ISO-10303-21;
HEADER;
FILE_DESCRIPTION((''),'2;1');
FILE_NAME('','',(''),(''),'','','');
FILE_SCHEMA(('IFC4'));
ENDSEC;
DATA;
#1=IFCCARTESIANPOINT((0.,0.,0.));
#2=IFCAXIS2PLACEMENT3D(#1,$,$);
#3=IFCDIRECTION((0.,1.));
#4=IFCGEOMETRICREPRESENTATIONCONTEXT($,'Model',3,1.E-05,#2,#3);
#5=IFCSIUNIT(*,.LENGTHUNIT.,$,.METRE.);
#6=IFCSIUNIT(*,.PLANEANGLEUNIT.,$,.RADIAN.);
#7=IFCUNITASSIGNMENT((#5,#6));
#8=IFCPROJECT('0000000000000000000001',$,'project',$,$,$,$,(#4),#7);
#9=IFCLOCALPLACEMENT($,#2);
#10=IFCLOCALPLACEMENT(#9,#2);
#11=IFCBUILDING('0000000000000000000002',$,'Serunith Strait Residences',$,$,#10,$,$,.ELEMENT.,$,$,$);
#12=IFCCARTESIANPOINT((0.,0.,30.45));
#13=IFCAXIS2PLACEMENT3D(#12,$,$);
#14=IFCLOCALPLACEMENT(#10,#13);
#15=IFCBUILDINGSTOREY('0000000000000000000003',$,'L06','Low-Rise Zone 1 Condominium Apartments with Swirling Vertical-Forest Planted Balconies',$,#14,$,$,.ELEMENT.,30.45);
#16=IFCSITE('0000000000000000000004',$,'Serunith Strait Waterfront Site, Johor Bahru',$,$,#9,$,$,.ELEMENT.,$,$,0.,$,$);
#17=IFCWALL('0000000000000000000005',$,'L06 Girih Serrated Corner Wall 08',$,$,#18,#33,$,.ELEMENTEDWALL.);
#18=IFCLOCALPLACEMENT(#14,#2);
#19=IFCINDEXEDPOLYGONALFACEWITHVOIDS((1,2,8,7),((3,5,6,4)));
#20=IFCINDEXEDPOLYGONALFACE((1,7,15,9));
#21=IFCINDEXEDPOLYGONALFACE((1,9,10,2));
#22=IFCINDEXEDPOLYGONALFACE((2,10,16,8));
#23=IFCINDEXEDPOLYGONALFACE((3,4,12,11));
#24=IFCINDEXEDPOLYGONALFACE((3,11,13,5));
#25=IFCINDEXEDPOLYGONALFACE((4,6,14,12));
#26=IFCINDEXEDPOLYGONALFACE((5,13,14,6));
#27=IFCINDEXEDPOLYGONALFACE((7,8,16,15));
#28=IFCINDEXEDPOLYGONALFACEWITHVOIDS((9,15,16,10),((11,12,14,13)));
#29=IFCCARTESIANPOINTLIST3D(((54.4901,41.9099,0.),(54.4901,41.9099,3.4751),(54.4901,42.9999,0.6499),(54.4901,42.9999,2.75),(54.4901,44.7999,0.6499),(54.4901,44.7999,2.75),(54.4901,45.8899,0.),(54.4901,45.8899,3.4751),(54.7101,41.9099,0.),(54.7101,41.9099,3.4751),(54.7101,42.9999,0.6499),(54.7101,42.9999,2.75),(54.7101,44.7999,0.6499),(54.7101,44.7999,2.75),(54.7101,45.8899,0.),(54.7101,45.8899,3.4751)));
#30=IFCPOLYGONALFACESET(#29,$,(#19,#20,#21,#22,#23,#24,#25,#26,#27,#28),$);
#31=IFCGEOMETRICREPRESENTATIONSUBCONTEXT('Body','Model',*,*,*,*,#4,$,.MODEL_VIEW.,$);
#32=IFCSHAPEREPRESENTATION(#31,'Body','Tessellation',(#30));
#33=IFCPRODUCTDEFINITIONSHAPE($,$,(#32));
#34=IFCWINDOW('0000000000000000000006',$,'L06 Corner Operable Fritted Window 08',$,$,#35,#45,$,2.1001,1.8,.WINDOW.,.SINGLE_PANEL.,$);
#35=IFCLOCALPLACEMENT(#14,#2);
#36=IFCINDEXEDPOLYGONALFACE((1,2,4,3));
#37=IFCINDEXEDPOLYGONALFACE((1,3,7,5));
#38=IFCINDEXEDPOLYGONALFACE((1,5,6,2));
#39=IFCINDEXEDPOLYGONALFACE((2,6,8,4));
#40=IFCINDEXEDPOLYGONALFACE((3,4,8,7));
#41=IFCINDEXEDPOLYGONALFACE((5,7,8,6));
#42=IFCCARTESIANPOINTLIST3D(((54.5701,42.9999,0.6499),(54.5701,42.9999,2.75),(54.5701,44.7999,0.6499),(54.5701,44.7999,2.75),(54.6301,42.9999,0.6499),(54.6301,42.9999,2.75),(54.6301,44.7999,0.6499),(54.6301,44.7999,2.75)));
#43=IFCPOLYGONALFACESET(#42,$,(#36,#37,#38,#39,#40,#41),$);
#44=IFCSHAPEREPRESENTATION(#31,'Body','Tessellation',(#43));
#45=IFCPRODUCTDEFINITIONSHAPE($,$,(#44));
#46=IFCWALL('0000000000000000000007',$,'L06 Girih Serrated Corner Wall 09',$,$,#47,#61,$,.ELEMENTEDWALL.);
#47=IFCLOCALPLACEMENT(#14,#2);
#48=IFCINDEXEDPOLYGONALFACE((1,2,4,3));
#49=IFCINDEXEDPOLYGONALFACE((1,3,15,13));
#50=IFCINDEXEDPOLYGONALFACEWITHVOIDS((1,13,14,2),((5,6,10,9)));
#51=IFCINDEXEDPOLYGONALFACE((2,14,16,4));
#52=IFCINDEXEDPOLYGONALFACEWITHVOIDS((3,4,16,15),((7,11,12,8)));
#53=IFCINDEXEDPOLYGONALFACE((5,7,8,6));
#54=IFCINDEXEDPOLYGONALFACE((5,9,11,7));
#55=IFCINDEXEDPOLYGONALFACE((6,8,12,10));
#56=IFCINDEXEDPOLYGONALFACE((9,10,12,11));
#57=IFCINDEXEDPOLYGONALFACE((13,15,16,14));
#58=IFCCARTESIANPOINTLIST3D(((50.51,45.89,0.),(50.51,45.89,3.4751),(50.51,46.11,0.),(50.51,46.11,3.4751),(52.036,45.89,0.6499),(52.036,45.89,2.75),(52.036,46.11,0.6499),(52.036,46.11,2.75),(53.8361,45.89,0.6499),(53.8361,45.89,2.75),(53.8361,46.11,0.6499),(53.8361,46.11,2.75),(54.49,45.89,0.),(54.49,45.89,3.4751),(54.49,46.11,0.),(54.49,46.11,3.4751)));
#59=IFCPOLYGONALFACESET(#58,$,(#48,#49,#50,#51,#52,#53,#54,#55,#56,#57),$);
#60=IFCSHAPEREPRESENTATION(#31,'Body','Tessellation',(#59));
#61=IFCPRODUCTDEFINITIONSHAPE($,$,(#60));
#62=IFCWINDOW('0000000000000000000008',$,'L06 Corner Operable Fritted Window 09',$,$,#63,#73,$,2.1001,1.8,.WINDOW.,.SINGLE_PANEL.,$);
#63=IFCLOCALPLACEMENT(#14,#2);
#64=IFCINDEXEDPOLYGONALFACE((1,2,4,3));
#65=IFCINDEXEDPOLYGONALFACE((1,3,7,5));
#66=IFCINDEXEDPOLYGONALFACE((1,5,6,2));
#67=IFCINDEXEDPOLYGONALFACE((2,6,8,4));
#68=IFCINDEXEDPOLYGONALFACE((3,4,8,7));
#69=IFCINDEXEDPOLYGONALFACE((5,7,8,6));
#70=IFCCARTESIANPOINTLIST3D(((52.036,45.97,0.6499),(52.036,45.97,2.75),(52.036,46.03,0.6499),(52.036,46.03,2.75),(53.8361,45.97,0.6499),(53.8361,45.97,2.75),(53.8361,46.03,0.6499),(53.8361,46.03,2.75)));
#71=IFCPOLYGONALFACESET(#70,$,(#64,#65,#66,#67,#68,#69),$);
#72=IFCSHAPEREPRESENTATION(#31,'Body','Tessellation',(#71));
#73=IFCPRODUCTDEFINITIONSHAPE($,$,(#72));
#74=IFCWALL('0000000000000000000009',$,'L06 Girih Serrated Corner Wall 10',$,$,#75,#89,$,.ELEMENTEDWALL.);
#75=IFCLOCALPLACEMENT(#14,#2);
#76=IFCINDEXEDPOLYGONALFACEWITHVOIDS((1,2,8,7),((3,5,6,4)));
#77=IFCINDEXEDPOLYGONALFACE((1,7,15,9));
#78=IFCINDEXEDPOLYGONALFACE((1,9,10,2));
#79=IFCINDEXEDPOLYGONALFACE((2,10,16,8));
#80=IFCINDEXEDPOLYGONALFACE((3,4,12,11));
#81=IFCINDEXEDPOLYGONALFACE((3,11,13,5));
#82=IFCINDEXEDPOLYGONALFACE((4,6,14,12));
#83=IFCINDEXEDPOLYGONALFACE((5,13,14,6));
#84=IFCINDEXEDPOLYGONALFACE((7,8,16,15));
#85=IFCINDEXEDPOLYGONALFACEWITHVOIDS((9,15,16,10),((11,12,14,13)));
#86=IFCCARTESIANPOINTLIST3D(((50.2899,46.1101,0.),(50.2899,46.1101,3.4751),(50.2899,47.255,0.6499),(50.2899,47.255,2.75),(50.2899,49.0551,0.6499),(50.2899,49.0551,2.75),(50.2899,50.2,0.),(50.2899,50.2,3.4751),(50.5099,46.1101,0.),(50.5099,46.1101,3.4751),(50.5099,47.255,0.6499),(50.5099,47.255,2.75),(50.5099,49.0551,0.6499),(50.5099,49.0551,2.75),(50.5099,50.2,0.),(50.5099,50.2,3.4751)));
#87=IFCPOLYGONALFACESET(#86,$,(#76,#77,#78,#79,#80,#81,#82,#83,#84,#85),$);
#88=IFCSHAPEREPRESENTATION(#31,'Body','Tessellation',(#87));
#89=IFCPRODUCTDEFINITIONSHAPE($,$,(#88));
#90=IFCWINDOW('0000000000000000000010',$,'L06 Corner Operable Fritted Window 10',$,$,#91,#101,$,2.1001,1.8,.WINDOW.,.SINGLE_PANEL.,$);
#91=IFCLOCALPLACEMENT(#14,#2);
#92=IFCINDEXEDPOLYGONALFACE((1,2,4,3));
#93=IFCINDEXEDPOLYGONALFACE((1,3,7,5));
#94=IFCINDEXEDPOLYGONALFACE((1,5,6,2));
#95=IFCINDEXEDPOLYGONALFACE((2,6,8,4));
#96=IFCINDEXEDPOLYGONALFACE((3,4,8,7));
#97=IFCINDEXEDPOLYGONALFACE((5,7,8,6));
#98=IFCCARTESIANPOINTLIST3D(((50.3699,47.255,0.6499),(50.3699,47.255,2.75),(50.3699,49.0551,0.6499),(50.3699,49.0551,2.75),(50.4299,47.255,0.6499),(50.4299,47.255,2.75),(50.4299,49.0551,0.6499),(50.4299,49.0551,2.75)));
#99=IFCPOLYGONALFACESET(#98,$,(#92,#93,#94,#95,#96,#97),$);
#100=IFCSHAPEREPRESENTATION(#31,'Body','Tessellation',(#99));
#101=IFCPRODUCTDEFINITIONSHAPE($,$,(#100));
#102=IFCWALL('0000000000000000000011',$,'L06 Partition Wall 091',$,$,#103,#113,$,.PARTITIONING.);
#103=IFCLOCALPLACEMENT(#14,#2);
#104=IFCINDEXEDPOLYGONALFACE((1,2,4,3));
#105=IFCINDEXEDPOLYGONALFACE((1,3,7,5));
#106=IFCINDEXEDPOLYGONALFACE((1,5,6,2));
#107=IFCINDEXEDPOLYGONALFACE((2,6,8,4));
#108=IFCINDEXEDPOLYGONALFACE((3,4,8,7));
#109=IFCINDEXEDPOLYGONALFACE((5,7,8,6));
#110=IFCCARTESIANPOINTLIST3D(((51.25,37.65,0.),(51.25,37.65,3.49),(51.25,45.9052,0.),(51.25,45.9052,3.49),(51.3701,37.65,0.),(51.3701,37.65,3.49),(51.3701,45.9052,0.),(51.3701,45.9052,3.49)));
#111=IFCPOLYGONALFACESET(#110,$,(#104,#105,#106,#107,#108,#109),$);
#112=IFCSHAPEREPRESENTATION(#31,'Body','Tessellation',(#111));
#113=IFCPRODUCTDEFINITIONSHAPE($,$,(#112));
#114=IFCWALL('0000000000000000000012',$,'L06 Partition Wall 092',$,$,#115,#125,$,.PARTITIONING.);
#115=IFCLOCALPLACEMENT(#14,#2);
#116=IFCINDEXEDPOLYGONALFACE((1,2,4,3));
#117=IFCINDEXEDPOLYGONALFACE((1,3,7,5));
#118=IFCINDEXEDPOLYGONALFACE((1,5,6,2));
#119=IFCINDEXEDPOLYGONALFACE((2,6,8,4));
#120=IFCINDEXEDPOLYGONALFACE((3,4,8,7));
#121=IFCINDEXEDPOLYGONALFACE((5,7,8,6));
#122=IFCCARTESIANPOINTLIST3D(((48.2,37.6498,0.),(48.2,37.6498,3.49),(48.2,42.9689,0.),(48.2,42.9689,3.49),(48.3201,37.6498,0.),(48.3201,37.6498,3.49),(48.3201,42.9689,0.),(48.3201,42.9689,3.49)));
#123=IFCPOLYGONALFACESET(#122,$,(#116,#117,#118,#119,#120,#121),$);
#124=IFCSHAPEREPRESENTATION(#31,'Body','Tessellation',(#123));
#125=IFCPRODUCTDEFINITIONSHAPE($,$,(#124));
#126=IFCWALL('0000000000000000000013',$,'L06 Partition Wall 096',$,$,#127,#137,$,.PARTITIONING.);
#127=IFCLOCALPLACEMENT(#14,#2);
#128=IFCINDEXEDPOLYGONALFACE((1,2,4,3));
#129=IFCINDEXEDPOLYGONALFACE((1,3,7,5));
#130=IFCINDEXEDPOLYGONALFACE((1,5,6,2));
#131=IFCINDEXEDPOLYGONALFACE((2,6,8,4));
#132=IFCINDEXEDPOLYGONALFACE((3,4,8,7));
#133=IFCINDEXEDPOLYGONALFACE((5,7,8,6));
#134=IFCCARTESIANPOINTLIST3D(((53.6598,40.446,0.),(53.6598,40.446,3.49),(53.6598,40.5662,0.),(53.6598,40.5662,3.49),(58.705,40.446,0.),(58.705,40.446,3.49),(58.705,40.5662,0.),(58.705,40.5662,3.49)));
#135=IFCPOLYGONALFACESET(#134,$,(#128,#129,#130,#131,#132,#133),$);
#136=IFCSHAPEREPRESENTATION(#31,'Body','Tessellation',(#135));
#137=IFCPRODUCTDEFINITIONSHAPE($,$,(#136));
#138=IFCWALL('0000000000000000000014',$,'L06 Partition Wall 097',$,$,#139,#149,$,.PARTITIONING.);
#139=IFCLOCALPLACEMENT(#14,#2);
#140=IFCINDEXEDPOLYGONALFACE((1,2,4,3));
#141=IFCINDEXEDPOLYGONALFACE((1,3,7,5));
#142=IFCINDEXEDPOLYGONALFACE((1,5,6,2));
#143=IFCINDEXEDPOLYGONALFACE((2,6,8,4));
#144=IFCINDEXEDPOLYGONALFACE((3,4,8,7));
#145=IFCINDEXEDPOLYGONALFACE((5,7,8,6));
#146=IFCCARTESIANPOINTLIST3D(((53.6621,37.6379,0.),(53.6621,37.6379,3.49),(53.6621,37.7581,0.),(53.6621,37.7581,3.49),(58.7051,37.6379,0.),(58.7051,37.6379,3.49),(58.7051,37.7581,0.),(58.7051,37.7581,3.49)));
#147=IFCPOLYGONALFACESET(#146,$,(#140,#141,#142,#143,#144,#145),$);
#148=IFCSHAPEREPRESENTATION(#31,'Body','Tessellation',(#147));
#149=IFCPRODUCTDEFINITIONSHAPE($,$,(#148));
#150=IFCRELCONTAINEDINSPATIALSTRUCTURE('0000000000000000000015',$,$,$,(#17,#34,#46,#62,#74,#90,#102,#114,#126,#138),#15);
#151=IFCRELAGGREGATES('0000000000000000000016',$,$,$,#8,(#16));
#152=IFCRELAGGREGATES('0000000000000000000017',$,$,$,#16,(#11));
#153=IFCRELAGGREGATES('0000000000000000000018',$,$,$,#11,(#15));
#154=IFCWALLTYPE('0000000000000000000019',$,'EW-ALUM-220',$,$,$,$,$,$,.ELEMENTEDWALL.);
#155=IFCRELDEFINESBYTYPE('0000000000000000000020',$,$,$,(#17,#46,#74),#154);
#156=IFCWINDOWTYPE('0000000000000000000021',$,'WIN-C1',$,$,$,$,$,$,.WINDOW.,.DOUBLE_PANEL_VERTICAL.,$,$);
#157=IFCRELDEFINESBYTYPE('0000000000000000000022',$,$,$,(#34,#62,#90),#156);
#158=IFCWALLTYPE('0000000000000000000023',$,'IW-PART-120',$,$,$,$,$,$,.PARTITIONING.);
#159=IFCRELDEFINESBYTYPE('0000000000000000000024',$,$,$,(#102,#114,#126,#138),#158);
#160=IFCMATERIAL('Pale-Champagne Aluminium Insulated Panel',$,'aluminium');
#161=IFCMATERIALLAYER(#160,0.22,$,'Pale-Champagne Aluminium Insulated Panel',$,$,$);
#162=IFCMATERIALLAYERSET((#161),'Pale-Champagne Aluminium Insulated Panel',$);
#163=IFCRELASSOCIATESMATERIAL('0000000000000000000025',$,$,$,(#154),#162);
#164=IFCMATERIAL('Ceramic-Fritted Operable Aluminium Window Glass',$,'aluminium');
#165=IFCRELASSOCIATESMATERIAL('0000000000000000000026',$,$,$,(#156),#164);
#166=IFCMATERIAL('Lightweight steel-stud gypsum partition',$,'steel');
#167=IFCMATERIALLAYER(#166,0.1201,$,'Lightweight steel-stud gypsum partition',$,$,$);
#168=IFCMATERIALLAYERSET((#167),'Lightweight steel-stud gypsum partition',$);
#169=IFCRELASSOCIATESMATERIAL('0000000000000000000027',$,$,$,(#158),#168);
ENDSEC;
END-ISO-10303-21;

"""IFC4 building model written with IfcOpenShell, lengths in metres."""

from ifc_helpers import new_model, si_unit, direction, frame, frame_2d, origin, place, context, subcontext, project, spatial, rectangle, extrude, source, transform, mapped, material, layer, layer_set, type_object, element, fill, save


model = new_model("IFC4")

# Units and contexts
model_context = context("Model", 3, precision=1e-05, world=origin(), true_north=direction((0.0, 1.0)))
body_context = subcontext(model_context, "Body", "Model", "MODEL_VIEW")
ifc_project = project(units=[si_unit("LENGTHUNIT", "METRE"), si_unit("PLANEANGLEUNIT", "RADIAN")], contexts=[model_context])

# Site, building, storey
site_placement = place(None, origin())
site = spatial("IfcSite", under=ifc_project, at=site_placement, Name="Serunith Strait Waterfront Site, Johor Bahru", CompositionType="ELEMENT", RefElevation=0.0)
building_placement = place(site_placement, origin())
building = spatial("IfcBuilding", under=site, at=building_placement, Name="Serunith Strait Residences", CompositionType="ELEMENT")
storey_placement = place(building_placement, frame((0.0, 0.0, 30.45)))
storey = spatial("IfcBuildingStorey", under=building, at=storey_placement, Name="L06", Description="Low-Rise Zone 1 Condominium Apartments with Swirling Vertical-Forest Planted Balconies", CompositionType="ELEMENT", Elevation=30.45)

# Walls, openings, windows
ifc_material_1 = material(Name="Pale-Champagne Aluminium Insulated Panel", Category="aluminium")
ifc_layer_1 = layer(ifc_material_1, 0.22, Name="Pale-Champagne Aluminium Insulated Panel")
ifc_layer_set_1 = layer_set([ifc_layer_1], Name="Pale-Champagne Aluminium Insulated Panel")
wall_type_1 = type_object("IfcWallType", Name="EW-ALUM-220", PredefinedType="ELEMENTEDWALL", material=ifc_layer_set_1)
ifc_material_2 = material(Name="Ceramic-Fritted Operable Aluminium Window Glass", Category="aluminium")
window_type = type_object("IfcWindowType", Name="WIN-C1", PartitioningType="DOUBLE_PANEL_VERTICAL", PredefinedType="WINDOW", material=ifc_material_2)
shared_shape_1 = source(origin(), body_context, "Body", "SweptSolid", [
    extrude(rectangle(XDim=1.8, YDim=2.1001, at=frame_2d((0.8999, 1.05))), frame((0.0, 0.03, 0.0), z_axis=(0.0, -1.0, 0.0), x_axis=(1.0, 0.0, 0.0)), (0.0, 0.0, 1.0), 0.0601),
])
wall_1_placement = place(storey_placement, frame((54.6001, 41.9099, 0.0), z_axis=(0.0, 0.0, 1.0), x_axis=(0.0, 1.0, 0.0)))
wall_1 = element("IfcWall", 1, at=wall_1_placement, inside=storey, type_object=wall_type_1, Name="L06 Girih Serrated Corner Wall 08", PredefinedType="ELEMENTEDWALL", context=body_context, shape_type="SweptSolid", body=[
    extrude(rectangle(XDim=3.98, YDim=0.22, at=frame_2d((1.99, 0.0))), origin(), (0.0, 0.0, 1.0), 3.4751),
])
opening_1_placement = place(wall_1_placement, frame((1.0901, 0.0, 0.6499)))
opening_1 = element("IfcOpeningElement", 2, at=opening_1_placement, cuts=wall_1, PredefinedType="OPENING", context=body_context, shape_type="SweptSolid", body=[
    extrude(rectangle(XDim=1.8, YDim=2.1001, at=frame_2d((0.8999, 1.05))), frame((0.0, 0.1201, 0.0), z_axis=(0.0, -1.0, 0.0), x_axis=(1.0, 0.0, 0.0)), (0.0, 0.0, 1.0), 0.24),
])
window_1_placement = place(opening_1_placement, origin())
window_1 = element("IfcWindow", 3, at=window_1_placement, inside=storey, type_object=window_type, Name="L06 Corner Operable Fritted Window 08", OverallHeight=2.1001, OverallWidth=1.8, PartitioningType="SINGLE_PANEL", PredefinedType="WINDOW", context=body_context, shape_type="MappedRepresentation", body=[
    mapped(shared_shape_1, transform((0.0, 0.0, 0.0), scale=1.0)),
])
fill(opening_1, window_1)
wall_2_placement = place(storey_placement, frame((54.49, 46.0, 0.0), z_axis=(0.0, 0.0, 1.0), x_axis=(-1.0, 0.0, 0.0)))
wall_2 = element("IfcWall", 4, at=wall_2_placement, inside=storey, type_object=wall_type_1, Name="L06 Girih Serrated Corner Wall 09", PredefinedType="ELEMENTEDWALL", context=body_context, shape_type="SweptSolid", body=[
    extrude(rectangle(XDim=3.98, YDim=0.22, at=frame_2d((1.99, 0.0))), origin(), (0.0, 0.0, 1.0), 3.4751),
])
opening_2_placement = place(wall_2_placement, frame((0.6541, 0.0, 0.6499)))
opening_2 = element("IfcOpeningElement", 5, at=opening_2_placement, cuts=wall_2, PredefinedType="OPENING", context=body_context, shape_type="SweptSolid", body=[
    extrude(rectangle(XDim=1.8, YDim=2.1001, at=frame_2d((0.8999, 1.05))), frame((0.0, 0.1201, 0.0), z_axis=(0.0, -1.0, 0.0), x_axis=(1.0, 0.0, 0.0)), (0.0, 0.0, 1.0), 0.24),
])
window_2_placement = place(opening_2_placement, origin())
window_2 = element("IfcWindow", 6, at=window_2_placement, inside=storey, type_object=window_type, Name="L06 Corner Operable Fritted Window 09", OverallHeight=2.1001, OverallWidth=1.8, PartitioningType="SINGLE_PANEL", PredefinedType="WINDOW", context=body_context, shape_type="MappedRepresentation", body=[
    mapped(shared_shape_1, transform((0.0, 0.0, 0.0), scale=1.0)),
])
fill(opening_2, window_2)
wall_3_placement = place(storey_placement, frame((50.3999, 46.1101, 0.0), z_axis=(0.0, 0.0, 1.0), x_axis=(0.0, 1.0, 0.0)))
wall_3 = element("IfcWall", 7, at=wall_3_placement, inside=storey, type_object=wall_type_1, Name="L06 Girih Serrated Corner Wall 10", PredefinedType="ELEMENTEDWALL", context=body_context, shape_type="SweptSolid", body=[
    extrude(rectangle(XDim=4.0898, YDim=0.22, at=frame_2d((2.0449, 0.0))), origin(), (0.0, 0.0, 1.0), 3.4751),
])
opening_3_placement = place(wall_3_placement, frame((1.145, 0.0, 0.6499)))
opening_3 = element("IfcOpeningElement", 8, at=opening_3_placement, cuts=wall_3, PredefinedType="OPENING", context=body_context, shape_type="SweptSolid", body=[
    extrude(rectangle(XDim=1.8, YDim=2.1001, at=frame_2d((0.8999, 1.05))), frame((0.0, 0.1201, 0.0), z_axis=(0.0, -1.0, 0.0), x_axis=(1.0, 0.0, 0.0)), (0.0, 0.0, 1.0), 0.24),
])
window_3_placement = place(opening_3_placement, origin())
window_3 = element("IfcWindow", 9, at=window_3_placement, inside=storey, type_object=window_type, Name="L06 Corner Operable Fritted Window 10", OverallHeight=2.1001, OverallWidth=1.8, PartitioningType="SINGLE_PANEL", PredefinedType="WINDOW", context=body_context, shape_type="MappedRepresentation", body=[
    mapped(shared_shape_1, transform((0.0, 0.0, 0.0), scale=1.0)),
])
fill(opening_3, window_3)

# Walls
ifc_material_3 = material(Name="Lightweight steel-stud gypsum partition", Category="steel")
ifc_layer_2 = layer(ifc_material_3, 0.1201, Name="Lightweight steel-stud gypsum partition")
ifc_layer_set_2 = layer_set([ifc_layer_2], Name="Lightweight steel-stud gypsum partition")
wall_type_2 = type_object("IfcWallType", Name="IW-PART-120", PredefinedType="PARTITIONING", material=ifc_layer_set_2)
wall_4_placement = place(storey_placement, frame((51.3101, 45.905, 0.0), z_axis=(0.0, 0.0, 1.0), x_axis=(0.0, -1.0, 0.0)))
element("IfcWall", 10, at=wall_4_placement, inside=storey, type_object=wall_type_2, Name="L06 Partition Wall 091", PredefinedType="PARTITIONING", context=body_context, shape_type="SweptSolid", body=[
    extrude(rectangle(XDim=8.2551, YDim=0.1201, at=frame_2d((4.1274, 0.0))), origin(), (0.0, 0.0, 1.0), 3.49),
])
wall_5_placement = place(storey_placement, frame((48.26, 42.969, 0.0), z_axis=(0.0, 0.0, 1.0), x_axis=(0.0, -1.0, 0.0)))
element("IfcWall", 11, at=wall_5_placement, inside=storey, type_object=wall_type_2, Name="L06 Partition Wall 092", PredefinedType="PARTITIONING", context=body_context, shape_type="SweptSolid", body=[
    extrude(rectangle(XDim=5.3191, YDim=0.1201, at=frame_2d((2.6597, 0.0))), origin(), (0.0, 0.0, 1.0), 3.49),
])
wall_6_placement = place(storey_placement, frame((53.6599, 40.5061, 0.0), z_axis=(0.0, 0.0, 1.0), x_axis=(1.0, 0.0, 0.0)))
element("IfcWall", 12, at=wall_6_placement, inside=storey, type_object=wall_type_2, Name="L06 Partition Wall 096", PredefinedType="PARTITIONING", context=body_context, shape_type="SweptSolid", body=[
    extrude(rectangle(XDim=5.0452, YDim=0.1201, at=frame_2d((2.5225, 0.0))), origin(), (0.0, 0.0, 1.0), 3.49),
])
wall_7_placement = place(storey_placement, frame((53.6621, 37.698, 0.0), z_axis=(0.0, 0.0, 1.0), x_axis=(1.0, 0.0, 0.0)))
element("IfcWall", 13, at=wall_7_placement, inside=storey, type_object=wall_type_2, Name="L06 Partition Wall 097", PredefinedType="PARTITIONING", context=body_context, shape_type="SweptSolid", body=[
    extrude(rectangle(XDim=5.043, YDim=0.1201, at=frame_2d((2.5215, 0.0))), origin(), (0.0, 0.0, 1.0), 3.49),
])

save(model, "model.ifc")
